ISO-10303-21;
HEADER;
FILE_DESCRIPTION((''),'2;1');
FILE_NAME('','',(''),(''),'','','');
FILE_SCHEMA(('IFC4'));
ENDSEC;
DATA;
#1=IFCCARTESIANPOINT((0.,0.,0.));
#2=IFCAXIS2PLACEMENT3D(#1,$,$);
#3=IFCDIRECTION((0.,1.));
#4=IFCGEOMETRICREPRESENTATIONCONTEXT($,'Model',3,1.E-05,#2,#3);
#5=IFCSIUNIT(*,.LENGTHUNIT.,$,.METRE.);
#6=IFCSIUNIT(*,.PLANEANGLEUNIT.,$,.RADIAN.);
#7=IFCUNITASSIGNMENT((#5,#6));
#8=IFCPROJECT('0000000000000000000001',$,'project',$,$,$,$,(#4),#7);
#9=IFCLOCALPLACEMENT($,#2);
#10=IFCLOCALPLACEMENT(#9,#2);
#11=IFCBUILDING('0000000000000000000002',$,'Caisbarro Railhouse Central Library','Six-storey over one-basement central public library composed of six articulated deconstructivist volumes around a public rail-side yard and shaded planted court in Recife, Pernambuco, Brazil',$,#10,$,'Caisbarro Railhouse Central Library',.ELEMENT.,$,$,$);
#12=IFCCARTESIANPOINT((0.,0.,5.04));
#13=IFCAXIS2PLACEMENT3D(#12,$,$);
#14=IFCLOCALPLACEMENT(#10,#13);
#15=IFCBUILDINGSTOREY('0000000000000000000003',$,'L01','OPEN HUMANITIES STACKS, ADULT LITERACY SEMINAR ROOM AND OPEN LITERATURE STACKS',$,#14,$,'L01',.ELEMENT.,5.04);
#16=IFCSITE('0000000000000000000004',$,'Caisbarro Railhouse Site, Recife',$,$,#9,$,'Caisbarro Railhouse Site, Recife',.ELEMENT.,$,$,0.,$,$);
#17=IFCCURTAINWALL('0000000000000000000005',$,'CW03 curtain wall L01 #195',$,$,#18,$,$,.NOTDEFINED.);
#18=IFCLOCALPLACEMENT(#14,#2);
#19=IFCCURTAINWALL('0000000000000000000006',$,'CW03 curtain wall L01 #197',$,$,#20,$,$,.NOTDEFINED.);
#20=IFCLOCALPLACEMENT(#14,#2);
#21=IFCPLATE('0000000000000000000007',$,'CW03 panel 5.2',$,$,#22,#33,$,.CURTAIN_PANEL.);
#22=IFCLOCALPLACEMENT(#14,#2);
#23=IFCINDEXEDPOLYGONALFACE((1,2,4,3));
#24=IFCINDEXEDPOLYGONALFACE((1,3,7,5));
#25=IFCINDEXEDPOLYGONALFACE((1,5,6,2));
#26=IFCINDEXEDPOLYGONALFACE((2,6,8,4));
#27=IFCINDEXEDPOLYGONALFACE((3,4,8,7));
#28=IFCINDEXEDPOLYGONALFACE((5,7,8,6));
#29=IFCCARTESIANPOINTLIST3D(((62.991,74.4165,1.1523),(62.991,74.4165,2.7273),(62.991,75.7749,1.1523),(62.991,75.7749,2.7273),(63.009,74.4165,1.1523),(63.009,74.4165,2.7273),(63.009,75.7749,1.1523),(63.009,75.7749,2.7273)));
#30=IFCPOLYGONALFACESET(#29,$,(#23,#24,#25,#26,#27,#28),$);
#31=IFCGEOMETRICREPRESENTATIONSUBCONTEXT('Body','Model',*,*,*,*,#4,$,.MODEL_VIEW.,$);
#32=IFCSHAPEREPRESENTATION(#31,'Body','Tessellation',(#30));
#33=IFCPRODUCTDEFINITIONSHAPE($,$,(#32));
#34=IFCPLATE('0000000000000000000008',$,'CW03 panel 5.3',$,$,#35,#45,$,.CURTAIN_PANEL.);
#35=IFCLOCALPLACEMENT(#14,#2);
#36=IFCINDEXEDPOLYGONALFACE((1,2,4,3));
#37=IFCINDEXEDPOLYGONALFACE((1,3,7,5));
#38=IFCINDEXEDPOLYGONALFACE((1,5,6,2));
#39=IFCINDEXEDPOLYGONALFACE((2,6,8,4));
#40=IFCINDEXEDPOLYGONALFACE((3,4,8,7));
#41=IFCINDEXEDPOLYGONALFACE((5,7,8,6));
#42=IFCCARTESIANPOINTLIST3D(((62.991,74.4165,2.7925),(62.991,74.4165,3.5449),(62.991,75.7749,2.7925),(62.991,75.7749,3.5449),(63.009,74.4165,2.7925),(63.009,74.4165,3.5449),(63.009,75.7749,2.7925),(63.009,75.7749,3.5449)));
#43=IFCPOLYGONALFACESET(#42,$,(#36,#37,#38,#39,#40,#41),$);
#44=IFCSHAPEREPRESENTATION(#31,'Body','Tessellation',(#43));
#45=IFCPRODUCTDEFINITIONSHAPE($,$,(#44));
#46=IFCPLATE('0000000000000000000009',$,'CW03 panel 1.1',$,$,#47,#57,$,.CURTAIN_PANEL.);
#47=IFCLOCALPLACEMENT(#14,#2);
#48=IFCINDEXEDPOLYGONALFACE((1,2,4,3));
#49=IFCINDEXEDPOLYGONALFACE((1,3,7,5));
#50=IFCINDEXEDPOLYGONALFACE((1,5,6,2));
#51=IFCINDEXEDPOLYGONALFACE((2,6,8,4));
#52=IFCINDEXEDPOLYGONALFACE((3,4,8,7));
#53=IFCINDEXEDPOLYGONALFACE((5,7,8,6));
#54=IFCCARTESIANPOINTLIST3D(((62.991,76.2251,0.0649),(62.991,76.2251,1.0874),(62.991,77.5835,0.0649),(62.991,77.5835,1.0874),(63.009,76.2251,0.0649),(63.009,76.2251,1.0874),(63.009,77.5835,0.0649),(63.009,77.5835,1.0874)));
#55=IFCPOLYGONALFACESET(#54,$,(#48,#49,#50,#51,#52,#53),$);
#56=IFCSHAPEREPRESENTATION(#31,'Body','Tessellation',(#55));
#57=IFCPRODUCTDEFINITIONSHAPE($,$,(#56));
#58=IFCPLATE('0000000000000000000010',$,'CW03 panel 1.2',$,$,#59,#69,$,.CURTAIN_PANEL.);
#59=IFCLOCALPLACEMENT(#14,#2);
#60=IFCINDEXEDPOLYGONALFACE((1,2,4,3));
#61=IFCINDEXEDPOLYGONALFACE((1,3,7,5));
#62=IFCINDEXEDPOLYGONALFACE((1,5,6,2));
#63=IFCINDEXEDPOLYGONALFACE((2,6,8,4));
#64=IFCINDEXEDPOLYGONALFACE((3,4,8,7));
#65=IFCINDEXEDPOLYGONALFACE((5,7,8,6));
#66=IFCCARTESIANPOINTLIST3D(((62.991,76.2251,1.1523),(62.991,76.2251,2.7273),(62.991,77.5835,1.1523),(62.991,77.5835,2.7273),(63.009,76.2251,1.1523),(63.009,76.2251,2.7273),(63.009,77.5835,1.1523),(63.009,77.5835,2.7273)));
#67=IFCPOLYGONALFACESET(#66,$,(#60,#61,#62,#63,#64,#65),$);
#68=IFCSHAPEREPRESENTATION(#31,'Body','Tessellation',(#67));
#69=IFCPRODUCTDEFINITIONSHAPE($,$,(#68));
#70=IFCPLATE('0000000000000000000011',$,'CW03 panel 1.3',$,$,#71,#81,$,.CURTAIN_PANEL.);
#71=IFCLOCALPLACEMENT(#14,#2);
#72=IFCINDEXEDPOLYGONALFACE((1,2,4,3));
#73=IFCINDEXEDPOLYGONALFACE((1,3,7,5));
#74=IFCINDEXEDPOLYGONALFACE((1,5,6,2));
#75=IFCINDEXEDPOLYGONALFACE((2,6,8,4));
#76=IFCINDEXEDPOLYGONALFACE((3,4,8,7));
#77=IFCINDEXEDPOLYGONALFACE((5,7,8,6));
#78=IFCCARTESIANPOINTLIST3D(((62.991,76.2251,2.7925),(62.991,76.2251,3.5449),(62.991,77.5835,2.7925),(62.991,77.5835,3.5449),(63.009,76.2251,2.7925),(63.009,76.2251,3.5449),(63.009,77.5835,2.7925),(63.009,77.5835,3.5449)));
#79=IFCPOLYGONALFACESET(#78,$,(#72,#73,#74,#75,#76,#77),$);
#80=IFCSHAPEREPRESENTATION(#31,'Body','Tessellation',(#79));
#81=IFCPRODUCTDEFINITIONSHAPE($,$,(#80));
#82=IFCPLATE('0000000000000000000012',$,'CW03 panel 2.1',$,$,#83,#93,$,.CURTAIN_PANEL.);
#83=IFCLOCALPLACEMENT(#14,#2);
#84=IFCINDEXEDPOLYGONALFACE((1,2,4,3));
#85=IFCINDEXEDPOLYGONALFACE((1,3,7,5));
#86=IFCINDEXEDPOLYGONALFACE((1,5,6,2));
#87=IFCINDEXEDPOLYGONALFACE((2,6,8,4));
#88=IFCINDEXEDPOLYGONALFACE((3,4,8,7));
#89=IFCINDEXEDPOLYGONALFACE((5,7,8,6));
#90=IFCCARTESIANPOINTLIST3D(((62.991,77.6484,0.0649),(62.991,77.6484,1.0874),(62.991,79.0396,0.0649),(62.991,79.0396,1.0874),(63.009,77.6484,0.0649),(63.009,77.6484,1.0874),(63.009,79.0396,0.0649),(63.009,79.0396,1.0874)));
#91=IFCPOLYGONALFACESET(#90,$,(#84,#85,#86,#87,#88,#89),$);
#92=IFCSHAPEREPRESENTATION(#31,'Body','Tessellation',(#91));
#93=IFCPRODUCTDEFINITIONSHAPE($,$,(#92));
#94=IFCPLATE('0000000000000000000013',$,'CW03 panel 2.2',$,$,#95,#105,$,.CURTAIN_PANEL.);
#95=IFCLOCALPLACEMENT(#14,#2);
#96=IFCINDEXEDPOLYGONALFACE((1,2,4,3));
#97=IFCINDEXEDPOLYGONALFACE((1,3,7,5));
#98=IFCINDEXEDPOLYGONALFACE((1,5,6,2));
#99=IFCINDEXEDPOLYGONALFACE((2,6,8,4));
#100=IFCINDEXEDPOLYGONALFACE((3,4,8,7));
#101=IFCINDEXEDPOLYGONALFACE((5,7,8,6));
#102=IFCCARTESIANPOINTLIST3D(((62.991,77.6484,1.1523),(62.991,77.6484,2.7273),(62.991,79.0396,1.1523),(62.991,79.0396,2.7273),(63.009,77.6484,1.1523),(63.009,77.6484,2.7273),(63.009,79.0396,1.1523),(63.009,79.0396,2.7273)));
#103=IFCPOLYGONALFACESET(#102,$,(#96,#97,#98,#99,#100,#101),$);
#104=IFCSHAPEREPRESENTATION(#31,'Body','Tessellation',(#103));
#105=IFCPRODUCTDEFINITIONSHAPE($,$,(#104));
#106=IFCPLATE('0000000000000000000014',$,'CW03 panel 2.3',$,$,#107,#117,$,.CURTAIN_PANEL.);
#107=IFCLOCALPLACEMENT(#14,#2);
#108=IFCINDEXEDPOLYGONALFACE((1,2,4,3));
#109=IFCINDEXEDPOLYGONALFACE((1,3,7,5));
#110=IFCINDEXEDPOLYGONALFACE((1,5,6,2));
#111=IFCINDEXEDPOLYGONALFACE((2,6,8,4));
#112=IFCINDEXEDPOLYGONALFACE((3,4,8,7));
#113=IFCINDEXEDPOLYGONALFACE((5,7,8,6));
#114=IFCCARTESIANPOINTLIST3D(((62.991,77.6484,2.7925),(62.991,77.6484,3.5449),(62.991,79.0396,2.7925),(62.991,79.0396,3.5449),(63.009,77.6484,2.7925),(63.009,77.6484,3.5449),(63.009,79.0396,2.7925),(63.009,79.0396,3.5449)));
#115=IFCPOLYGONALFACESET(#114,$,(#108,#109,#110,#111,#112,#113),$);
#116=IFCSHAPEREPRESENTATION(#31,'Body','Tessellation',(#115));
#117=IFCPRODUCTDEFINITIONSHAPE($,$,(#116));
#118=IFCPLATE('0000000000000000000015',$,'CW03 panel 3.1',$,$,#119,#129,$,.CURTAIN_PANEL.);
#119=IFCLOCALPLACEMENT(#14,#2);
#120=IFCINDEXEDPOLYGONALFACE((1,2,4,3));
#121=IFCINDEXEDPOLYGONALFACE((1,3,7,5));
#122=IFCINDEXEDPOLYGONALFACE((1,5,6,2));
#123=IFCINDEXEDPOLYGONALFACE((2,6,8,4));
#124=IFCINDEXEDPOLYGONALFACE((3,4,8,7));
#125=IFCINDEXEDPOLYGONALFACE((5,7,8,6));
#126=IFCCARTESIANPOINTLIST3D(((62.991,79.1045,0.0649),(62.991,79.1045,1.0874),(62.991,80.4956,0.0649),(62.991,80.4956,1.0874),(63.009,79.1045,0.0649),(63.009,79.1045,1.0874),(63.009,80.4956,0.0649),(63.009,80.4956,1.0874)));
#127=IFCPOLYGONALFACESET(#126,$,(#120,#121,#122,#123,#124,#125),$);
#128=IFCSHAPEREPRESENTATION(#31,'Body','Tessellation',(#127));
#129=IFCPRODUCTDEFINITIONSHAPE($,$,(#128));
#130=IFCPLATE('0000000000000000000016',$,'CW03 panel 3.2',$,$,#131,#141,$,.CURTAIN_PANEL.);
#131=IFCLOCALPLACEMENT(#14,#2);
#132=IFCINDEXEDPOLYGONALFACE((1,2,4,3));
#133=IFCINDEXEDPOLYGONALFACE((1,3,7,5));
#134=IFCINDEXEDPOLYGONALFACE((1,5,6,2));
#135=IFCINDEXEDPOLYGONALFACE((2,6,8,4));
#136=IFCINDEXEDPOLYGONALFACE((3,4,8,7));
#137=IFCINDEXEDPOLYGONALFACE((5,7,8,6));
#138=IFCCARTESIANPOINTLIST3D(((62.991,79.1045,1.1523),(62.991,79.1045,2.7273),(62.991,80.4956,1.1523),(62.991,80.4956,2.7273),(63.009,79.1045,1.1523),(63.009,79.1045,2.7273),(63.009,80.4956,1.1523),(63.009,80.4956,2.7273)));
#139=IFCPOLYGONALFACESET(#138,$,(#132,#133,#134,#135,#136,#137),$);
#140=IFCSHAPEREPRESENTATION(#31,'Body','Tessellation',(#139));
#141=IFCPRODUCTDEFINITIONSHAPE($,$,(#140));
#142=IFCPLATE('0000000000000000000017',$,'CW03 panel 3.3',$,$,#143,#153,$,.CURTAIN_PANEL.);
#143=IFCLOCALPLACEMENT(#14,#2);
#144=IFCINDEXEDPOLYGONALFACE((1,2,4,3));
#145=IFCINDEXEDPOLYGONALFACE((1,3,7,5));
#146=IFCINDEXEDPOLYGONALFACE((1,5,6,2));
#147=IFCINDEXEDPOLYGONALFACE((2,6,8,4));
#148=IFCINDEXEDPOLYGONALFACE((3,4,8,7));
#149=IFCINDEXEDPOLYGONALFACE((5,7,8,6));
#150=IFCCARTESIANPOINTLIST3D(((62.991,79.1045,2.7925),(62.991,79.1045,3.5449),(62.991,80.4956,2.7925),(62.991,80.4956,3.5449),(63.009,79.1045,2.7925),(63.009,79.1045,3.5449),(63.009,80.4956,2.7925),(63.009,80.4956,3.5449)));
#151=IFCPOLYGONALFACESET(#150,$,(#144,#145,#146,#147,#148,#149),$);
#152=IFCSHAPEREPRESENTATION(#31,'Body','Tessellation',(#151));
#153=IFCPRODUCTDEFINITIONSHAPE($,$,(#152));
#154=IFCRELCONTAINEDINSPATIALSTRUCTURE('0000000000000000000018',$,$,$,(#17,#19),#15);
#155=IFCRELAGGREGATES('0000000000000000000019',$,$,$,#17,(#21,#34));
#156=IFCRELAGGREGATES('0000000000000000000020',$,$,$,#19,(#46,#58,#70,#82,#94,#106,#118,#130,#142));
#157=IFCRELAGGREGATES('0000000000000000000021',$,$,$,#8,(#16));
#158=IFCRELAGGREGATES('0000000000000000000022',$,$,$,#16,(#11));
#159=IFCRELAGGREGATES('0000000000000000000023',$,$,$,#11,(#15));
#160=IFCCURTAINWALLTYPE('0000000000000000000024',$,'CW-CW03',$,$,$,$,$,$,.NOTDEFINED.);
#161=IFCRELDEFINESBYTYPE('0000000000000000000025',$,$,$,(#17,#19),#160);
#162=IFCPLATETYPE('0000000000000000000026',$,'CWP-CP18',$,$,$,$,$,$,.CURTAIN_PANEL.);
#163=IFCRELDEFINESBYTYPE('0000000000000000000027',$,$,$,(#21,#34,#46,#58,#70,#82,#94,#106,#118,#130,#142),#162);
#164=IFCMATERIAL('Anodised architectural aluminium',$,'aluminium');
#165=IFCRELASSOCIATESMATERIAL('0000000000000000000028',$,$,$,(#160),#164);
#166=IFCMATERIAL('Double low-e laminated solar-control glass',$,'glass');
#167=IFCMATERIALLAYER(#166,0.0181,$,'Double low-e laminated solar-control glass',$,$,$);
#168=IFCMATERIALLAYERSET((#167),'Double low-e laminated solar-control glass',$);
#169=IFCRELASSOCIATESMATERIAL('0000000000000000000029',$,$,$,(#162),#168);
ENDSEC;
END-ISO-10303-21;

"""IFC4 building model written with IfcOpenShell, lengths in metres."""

from ifc_helpers import new_model, si_unit, direction, frame, origin, origin_2d, place, context, subcontext, project, spatial, rectangle, extrude, material, layer, layer_set, type_object, element, aggregate, save


model = new_model("IFC4")

# Units and contexts
model_context = context("Model", 3, precision=1e-05, world=origin(), true_north=direction((0.0, 1.0)))
body_context = subcontext(model_context, "Body", "Model", "MODEL_VIEW")
ifc_project = project(units=[si_unit("LENGTHUNIT", "METRE"), si_unit("PLANEANGLEUNIT", "RADIAN")], contexts=[model_context])

# Site, building, storey
site_placement = place(None, origin())
site = spatial("IfcSite", under=ifc_project, at=site_placement, Name="Caisbarro Railhouse Site, Recife", LongName="Caisbarro Railhouse Site, Recife", CompositionType="ELEMENT", RefElevation=0.0)
building_placement = place(site_placement, origin())
building = spatial("IfcBuilding", under=site, at=building_placement, Name="Caisbarro Railhouse Central Library", Description="Six-storey over one-basement central public library composed of six articulated deconstructivist volumes around a public rail-side yard and shaded planted court in Recife, Pernambuco, Brazil", LongName="Caisbarro Railhouse Central Library", CompositionType="ELEMENT")
storey_placement = place(building_placement, frame((0.0, 0.0, 5.04)))
storey = spatial("IfcBuildingStorey", under=building, at=storey_placement, Name="L01", Description="OPEN HUMANITIES STACKS, ADULT LITERACY SEMINAR ROOM AND OPEN LITERATURE STACKS", LongName="L01", CompositionType="ELEMENT", Elevation=5.04)

# Curtain wall
ifc_material_1 = material(Name="Anodised architectural aluminium", Category="aluminium")
curtain_wall_type = type_object("IfcCurtainWallType", Name="CW-CW03", PredefinedType="NOTDEFINED", material=ifc_material_1)
curtain_wall_1_placement = place(storey_placement, origin())
curtain_wall_1 = element("IfcCurtainWall", 1, at=curtain_wall_1_placement, inside=storey, type_object=curtain_wall_type, Name="CW03 curtain wall L01 #195", PredefinedType="NOTDEFINED")

# Curtain wall
curtain_wall_2_placement = place(storey_placement, origin())
curtain_wall_2 = element("IfcCurtainWall", 2, at=curtain_wall_2_placement, inside=storey, type_object=curtain_wall_type, Name="CW03 curtain wall L01 #197", PredefinedType="NOTDEFINED")

# Plates
ifc_material_2 = material(Name="Double low-e laminated solar-control glass", Category="glass")
ifc_layer = layer(ifc_material_2, 0.0181, Name="Double low-e laminated solar-control glass")
ifc_layer_set = layer_set([ifc_layer], Name="Double low-e laminated solar-control glass")
plate_type = type_object("IfcPlateType", Name="CWP-CP18", PredefinedType="CURTAIN_PANEL", material=ifc_layer_set)
plate_1_placement = place(storey_placement, frame((63.0, 75.0957, 1.1523), z_axis=(0.0, 0.0, 1.0), x_axis=(0.0, 1.0, 0.0)))
plate_1 = element("IfcPlate", 3, at=plate_1_placement, type_object=plate_type, Name="CW03 panel 5.2", PredefinedType="CURTAIN_PANEL", context=body_context, shape_type="SweptSolid", body=[
    extrude(rectangle(XDim=1.3584, YDim=0.0181, at=origin_2d()), origin(), (0.0, 0.0, 1.0), 1.575),
])
plate_2_placement = place(storey_placement, frame((63.0, 75.0957, 2.7925), z_axis=(0.0, 0.0, 1.0), x_axis=(0.0, 1.0, 0.0)))
plate_2 = element("IfcPlate", 4, at=plate_2_placement, type_object=plate_type, Name="CW03 panel 5.3", PredefinedType="CURTAIN_PANEL", context=body_context, shape_type="SweptSolid", body=[
    extrude(rectangle(XDim=1.3584, YDim=0.0181, at=origin_2d()), origin(), (0.0, 0.0, 1.0), 0.7524),
])
aggregate(curtain_wall_1, [plate_1, plate_2])
plate_3_placement = place(storey_placement, frame((63.0, 76.9043, 0.0649), z_axis=(0.0, 0.0, 1.0), x_axis=(0.0, 1.0, 0.0)))
plate_3 = element("IfcPlate", 5, at=plate_3_placement, type_object=plate_type, Name="CW03 panel 1.1", PredefinedType="CURTAIN_PANEL", context=body_context, shape_type="SweptSolid", body=[
    extrude(rectangle(XDim=1.3584, YDim=0.0181, at=origin_2d()), origin(), (0.0, 0.0, 1.0), 1.0225),
])
plate_4_placement = place(storey_placement, frame((63.0, 76.9043, 1.1523), z_axis=(0.0, 0.0, 1.0), x_axis=(0.0, 1.0, 0.0)))
plate_4 = element("IfcPlate", 6, at=plate_4_placement, type_object=plate_type, Name="CW03 panel 1.2", PredefinedType="CURTAIN_PANEL", context=body_context, shape_type="SweptSolid", body=[
    extrude(rectangle(XDim=1.3584, YDim=0.0181, at=origin_2d()), origin(), (0.0, 0.0, 1.0), 1.575),
])
plate_5_placement = place(storey_placement, frame((63.0, 76.9043, 2.7925), z_axis=(0.0, 0.0, 1.0), x_axis=(0.0, 1.0, 0.0)))
plate_5 = element("IfcPlate", 7, at=plate_5_placement, type_object=plate_type, Name="CW03 panel 1.3", PredefinedType="CURTAIN_PANEL", context=body_context, shape_type="SweptSolid", body=[
    extrude(rectangle(XDim=1.3584, YDim=0.0181, at=origin_2d()), origin(), (0.0, 0.0, 1.0), 0.7524),
])
plate_6_placement = place(storey_placement, frame((63.0, 78.344, 0.0649), z_axis=(0.0, 0.0, 1.0), x_axis=(0.0, 1.0, 0.0)))
plate_6 = element("IfcPlate", 8, at=plate_6_placement, type_object=plate_type, Name="CW03 panel 2.1", PredefinedType="CURTAIN_PANEL", context=body_context, shape_type="SweptSolid", body=[
    extrude(rectangle(XDim=1.3911, YDim=0.0181, at=origin_2d()), origin(), (0.0, 0.0, 1.0), 1.0225),
])
plate_7_placement = place(storey_placement, frame((63.0, 78.344, 1.1523), z_axis=(0.0, 0.0, 1.0), x_axis=(0.0, 1.0, 0.0)))
plate_7 = element("IfcPlate", 9, at=plate_7_placement, type_object=plate_type, Name="CW03 panel 2.2", PredefinedType="CURTAIN_PANEL", context=body_context, shape_type="SweptSolid", body=[
    extrude(rectangle(XDim=1.3911, YDim=0.0181, at=origin_2d()), origin(), (0.0, 0.0, 1.0), 1.575),
])
plate_8_placement = place(storey_placement, frame((63.0, 78.344, 2.7925), z_axis=(0.0, 0.0, 1.0), x_axis=(0.0, 1.0, 0.0)))
plate_8 = element("IfcPlate", 10, at=plate_8_placement, type_object=plate_type, Name="CW03 panel 2.3", PredefinedType="CURTAIN_PANEL", context=body_context, shape_type="SweptSolid", body=[
    extrude(rectangle(XDim=1.3911, YDim=0.0181, at=origin_2d()), origin(), (0.0, 0.0, 1.0), 0.7524),
])
plate_9_placement = place(storey_placement, frame((63.0, 79.8, 0.0649), z_axis=(0.0, 0.0, 1.0), x_axis=(0.0, 1.0, 0.0)))
plate_9 = element("IfcPlate", 11, at=plate_9_placement, type_object=plate_type, Name="CW03 panel 3.1", PredefinedType="CURTAIN_PANEL", context=body_context, shape_type="SweptSolid", body=[
    extrude(rectangle(XDim=1.3911, YDim=0.0181, at=origin_2d()), origin(), (0.0, 0.0, 1.0), 1.0225),
])
plate_10_placement = place(storey_placement, frame((63.0, 79.8, 1.1523), z_axis=(0.0, 0.0, 1.0), x_axis=(0.0, 1.0, 0.0)))
plate_10 = element("IfcPlate", 12, at=plate_10_placement, type_object=plate_type, Name="CW03 panel 3.2", PredefinedType="CURTAIN_PANEL", context=body_context, shape_type="SweptSolid", body=[
    extrude(rectangle(XDim=1.3911, YDim=0.0181, at=origin_2d()), origin(), (0.0, 0.0, 1.0), 1.575),
])
plate_11_placement = place(storey_placement, frame((63.0, 79.8, 2.7925), z_axis=(0.0, 0.0, 1.0), x_axis=(0.0, 1.0, 0.0)))
plate_11 = element("IfcPlate", 13, at=plate_11_placement, type_object=plate_type, Name="CW03 panel 3.3", PredefinedType="CURTAIN_PANEL", context=body_context, shape_type="SweptSolid", body=[
    extrude(rectangle(XDim=1.3911, YDim=0.0181, at=origin_2d()), origin(), (0.0, 0.0, 1.0), 0.7524),
])
aggregate(curtain_wall_2, [plate_3, plate_4, plate_5, plate_6, plate_7, plate_8, plate_9, plate_10, plate_11])

save(model, "model.ifc")
